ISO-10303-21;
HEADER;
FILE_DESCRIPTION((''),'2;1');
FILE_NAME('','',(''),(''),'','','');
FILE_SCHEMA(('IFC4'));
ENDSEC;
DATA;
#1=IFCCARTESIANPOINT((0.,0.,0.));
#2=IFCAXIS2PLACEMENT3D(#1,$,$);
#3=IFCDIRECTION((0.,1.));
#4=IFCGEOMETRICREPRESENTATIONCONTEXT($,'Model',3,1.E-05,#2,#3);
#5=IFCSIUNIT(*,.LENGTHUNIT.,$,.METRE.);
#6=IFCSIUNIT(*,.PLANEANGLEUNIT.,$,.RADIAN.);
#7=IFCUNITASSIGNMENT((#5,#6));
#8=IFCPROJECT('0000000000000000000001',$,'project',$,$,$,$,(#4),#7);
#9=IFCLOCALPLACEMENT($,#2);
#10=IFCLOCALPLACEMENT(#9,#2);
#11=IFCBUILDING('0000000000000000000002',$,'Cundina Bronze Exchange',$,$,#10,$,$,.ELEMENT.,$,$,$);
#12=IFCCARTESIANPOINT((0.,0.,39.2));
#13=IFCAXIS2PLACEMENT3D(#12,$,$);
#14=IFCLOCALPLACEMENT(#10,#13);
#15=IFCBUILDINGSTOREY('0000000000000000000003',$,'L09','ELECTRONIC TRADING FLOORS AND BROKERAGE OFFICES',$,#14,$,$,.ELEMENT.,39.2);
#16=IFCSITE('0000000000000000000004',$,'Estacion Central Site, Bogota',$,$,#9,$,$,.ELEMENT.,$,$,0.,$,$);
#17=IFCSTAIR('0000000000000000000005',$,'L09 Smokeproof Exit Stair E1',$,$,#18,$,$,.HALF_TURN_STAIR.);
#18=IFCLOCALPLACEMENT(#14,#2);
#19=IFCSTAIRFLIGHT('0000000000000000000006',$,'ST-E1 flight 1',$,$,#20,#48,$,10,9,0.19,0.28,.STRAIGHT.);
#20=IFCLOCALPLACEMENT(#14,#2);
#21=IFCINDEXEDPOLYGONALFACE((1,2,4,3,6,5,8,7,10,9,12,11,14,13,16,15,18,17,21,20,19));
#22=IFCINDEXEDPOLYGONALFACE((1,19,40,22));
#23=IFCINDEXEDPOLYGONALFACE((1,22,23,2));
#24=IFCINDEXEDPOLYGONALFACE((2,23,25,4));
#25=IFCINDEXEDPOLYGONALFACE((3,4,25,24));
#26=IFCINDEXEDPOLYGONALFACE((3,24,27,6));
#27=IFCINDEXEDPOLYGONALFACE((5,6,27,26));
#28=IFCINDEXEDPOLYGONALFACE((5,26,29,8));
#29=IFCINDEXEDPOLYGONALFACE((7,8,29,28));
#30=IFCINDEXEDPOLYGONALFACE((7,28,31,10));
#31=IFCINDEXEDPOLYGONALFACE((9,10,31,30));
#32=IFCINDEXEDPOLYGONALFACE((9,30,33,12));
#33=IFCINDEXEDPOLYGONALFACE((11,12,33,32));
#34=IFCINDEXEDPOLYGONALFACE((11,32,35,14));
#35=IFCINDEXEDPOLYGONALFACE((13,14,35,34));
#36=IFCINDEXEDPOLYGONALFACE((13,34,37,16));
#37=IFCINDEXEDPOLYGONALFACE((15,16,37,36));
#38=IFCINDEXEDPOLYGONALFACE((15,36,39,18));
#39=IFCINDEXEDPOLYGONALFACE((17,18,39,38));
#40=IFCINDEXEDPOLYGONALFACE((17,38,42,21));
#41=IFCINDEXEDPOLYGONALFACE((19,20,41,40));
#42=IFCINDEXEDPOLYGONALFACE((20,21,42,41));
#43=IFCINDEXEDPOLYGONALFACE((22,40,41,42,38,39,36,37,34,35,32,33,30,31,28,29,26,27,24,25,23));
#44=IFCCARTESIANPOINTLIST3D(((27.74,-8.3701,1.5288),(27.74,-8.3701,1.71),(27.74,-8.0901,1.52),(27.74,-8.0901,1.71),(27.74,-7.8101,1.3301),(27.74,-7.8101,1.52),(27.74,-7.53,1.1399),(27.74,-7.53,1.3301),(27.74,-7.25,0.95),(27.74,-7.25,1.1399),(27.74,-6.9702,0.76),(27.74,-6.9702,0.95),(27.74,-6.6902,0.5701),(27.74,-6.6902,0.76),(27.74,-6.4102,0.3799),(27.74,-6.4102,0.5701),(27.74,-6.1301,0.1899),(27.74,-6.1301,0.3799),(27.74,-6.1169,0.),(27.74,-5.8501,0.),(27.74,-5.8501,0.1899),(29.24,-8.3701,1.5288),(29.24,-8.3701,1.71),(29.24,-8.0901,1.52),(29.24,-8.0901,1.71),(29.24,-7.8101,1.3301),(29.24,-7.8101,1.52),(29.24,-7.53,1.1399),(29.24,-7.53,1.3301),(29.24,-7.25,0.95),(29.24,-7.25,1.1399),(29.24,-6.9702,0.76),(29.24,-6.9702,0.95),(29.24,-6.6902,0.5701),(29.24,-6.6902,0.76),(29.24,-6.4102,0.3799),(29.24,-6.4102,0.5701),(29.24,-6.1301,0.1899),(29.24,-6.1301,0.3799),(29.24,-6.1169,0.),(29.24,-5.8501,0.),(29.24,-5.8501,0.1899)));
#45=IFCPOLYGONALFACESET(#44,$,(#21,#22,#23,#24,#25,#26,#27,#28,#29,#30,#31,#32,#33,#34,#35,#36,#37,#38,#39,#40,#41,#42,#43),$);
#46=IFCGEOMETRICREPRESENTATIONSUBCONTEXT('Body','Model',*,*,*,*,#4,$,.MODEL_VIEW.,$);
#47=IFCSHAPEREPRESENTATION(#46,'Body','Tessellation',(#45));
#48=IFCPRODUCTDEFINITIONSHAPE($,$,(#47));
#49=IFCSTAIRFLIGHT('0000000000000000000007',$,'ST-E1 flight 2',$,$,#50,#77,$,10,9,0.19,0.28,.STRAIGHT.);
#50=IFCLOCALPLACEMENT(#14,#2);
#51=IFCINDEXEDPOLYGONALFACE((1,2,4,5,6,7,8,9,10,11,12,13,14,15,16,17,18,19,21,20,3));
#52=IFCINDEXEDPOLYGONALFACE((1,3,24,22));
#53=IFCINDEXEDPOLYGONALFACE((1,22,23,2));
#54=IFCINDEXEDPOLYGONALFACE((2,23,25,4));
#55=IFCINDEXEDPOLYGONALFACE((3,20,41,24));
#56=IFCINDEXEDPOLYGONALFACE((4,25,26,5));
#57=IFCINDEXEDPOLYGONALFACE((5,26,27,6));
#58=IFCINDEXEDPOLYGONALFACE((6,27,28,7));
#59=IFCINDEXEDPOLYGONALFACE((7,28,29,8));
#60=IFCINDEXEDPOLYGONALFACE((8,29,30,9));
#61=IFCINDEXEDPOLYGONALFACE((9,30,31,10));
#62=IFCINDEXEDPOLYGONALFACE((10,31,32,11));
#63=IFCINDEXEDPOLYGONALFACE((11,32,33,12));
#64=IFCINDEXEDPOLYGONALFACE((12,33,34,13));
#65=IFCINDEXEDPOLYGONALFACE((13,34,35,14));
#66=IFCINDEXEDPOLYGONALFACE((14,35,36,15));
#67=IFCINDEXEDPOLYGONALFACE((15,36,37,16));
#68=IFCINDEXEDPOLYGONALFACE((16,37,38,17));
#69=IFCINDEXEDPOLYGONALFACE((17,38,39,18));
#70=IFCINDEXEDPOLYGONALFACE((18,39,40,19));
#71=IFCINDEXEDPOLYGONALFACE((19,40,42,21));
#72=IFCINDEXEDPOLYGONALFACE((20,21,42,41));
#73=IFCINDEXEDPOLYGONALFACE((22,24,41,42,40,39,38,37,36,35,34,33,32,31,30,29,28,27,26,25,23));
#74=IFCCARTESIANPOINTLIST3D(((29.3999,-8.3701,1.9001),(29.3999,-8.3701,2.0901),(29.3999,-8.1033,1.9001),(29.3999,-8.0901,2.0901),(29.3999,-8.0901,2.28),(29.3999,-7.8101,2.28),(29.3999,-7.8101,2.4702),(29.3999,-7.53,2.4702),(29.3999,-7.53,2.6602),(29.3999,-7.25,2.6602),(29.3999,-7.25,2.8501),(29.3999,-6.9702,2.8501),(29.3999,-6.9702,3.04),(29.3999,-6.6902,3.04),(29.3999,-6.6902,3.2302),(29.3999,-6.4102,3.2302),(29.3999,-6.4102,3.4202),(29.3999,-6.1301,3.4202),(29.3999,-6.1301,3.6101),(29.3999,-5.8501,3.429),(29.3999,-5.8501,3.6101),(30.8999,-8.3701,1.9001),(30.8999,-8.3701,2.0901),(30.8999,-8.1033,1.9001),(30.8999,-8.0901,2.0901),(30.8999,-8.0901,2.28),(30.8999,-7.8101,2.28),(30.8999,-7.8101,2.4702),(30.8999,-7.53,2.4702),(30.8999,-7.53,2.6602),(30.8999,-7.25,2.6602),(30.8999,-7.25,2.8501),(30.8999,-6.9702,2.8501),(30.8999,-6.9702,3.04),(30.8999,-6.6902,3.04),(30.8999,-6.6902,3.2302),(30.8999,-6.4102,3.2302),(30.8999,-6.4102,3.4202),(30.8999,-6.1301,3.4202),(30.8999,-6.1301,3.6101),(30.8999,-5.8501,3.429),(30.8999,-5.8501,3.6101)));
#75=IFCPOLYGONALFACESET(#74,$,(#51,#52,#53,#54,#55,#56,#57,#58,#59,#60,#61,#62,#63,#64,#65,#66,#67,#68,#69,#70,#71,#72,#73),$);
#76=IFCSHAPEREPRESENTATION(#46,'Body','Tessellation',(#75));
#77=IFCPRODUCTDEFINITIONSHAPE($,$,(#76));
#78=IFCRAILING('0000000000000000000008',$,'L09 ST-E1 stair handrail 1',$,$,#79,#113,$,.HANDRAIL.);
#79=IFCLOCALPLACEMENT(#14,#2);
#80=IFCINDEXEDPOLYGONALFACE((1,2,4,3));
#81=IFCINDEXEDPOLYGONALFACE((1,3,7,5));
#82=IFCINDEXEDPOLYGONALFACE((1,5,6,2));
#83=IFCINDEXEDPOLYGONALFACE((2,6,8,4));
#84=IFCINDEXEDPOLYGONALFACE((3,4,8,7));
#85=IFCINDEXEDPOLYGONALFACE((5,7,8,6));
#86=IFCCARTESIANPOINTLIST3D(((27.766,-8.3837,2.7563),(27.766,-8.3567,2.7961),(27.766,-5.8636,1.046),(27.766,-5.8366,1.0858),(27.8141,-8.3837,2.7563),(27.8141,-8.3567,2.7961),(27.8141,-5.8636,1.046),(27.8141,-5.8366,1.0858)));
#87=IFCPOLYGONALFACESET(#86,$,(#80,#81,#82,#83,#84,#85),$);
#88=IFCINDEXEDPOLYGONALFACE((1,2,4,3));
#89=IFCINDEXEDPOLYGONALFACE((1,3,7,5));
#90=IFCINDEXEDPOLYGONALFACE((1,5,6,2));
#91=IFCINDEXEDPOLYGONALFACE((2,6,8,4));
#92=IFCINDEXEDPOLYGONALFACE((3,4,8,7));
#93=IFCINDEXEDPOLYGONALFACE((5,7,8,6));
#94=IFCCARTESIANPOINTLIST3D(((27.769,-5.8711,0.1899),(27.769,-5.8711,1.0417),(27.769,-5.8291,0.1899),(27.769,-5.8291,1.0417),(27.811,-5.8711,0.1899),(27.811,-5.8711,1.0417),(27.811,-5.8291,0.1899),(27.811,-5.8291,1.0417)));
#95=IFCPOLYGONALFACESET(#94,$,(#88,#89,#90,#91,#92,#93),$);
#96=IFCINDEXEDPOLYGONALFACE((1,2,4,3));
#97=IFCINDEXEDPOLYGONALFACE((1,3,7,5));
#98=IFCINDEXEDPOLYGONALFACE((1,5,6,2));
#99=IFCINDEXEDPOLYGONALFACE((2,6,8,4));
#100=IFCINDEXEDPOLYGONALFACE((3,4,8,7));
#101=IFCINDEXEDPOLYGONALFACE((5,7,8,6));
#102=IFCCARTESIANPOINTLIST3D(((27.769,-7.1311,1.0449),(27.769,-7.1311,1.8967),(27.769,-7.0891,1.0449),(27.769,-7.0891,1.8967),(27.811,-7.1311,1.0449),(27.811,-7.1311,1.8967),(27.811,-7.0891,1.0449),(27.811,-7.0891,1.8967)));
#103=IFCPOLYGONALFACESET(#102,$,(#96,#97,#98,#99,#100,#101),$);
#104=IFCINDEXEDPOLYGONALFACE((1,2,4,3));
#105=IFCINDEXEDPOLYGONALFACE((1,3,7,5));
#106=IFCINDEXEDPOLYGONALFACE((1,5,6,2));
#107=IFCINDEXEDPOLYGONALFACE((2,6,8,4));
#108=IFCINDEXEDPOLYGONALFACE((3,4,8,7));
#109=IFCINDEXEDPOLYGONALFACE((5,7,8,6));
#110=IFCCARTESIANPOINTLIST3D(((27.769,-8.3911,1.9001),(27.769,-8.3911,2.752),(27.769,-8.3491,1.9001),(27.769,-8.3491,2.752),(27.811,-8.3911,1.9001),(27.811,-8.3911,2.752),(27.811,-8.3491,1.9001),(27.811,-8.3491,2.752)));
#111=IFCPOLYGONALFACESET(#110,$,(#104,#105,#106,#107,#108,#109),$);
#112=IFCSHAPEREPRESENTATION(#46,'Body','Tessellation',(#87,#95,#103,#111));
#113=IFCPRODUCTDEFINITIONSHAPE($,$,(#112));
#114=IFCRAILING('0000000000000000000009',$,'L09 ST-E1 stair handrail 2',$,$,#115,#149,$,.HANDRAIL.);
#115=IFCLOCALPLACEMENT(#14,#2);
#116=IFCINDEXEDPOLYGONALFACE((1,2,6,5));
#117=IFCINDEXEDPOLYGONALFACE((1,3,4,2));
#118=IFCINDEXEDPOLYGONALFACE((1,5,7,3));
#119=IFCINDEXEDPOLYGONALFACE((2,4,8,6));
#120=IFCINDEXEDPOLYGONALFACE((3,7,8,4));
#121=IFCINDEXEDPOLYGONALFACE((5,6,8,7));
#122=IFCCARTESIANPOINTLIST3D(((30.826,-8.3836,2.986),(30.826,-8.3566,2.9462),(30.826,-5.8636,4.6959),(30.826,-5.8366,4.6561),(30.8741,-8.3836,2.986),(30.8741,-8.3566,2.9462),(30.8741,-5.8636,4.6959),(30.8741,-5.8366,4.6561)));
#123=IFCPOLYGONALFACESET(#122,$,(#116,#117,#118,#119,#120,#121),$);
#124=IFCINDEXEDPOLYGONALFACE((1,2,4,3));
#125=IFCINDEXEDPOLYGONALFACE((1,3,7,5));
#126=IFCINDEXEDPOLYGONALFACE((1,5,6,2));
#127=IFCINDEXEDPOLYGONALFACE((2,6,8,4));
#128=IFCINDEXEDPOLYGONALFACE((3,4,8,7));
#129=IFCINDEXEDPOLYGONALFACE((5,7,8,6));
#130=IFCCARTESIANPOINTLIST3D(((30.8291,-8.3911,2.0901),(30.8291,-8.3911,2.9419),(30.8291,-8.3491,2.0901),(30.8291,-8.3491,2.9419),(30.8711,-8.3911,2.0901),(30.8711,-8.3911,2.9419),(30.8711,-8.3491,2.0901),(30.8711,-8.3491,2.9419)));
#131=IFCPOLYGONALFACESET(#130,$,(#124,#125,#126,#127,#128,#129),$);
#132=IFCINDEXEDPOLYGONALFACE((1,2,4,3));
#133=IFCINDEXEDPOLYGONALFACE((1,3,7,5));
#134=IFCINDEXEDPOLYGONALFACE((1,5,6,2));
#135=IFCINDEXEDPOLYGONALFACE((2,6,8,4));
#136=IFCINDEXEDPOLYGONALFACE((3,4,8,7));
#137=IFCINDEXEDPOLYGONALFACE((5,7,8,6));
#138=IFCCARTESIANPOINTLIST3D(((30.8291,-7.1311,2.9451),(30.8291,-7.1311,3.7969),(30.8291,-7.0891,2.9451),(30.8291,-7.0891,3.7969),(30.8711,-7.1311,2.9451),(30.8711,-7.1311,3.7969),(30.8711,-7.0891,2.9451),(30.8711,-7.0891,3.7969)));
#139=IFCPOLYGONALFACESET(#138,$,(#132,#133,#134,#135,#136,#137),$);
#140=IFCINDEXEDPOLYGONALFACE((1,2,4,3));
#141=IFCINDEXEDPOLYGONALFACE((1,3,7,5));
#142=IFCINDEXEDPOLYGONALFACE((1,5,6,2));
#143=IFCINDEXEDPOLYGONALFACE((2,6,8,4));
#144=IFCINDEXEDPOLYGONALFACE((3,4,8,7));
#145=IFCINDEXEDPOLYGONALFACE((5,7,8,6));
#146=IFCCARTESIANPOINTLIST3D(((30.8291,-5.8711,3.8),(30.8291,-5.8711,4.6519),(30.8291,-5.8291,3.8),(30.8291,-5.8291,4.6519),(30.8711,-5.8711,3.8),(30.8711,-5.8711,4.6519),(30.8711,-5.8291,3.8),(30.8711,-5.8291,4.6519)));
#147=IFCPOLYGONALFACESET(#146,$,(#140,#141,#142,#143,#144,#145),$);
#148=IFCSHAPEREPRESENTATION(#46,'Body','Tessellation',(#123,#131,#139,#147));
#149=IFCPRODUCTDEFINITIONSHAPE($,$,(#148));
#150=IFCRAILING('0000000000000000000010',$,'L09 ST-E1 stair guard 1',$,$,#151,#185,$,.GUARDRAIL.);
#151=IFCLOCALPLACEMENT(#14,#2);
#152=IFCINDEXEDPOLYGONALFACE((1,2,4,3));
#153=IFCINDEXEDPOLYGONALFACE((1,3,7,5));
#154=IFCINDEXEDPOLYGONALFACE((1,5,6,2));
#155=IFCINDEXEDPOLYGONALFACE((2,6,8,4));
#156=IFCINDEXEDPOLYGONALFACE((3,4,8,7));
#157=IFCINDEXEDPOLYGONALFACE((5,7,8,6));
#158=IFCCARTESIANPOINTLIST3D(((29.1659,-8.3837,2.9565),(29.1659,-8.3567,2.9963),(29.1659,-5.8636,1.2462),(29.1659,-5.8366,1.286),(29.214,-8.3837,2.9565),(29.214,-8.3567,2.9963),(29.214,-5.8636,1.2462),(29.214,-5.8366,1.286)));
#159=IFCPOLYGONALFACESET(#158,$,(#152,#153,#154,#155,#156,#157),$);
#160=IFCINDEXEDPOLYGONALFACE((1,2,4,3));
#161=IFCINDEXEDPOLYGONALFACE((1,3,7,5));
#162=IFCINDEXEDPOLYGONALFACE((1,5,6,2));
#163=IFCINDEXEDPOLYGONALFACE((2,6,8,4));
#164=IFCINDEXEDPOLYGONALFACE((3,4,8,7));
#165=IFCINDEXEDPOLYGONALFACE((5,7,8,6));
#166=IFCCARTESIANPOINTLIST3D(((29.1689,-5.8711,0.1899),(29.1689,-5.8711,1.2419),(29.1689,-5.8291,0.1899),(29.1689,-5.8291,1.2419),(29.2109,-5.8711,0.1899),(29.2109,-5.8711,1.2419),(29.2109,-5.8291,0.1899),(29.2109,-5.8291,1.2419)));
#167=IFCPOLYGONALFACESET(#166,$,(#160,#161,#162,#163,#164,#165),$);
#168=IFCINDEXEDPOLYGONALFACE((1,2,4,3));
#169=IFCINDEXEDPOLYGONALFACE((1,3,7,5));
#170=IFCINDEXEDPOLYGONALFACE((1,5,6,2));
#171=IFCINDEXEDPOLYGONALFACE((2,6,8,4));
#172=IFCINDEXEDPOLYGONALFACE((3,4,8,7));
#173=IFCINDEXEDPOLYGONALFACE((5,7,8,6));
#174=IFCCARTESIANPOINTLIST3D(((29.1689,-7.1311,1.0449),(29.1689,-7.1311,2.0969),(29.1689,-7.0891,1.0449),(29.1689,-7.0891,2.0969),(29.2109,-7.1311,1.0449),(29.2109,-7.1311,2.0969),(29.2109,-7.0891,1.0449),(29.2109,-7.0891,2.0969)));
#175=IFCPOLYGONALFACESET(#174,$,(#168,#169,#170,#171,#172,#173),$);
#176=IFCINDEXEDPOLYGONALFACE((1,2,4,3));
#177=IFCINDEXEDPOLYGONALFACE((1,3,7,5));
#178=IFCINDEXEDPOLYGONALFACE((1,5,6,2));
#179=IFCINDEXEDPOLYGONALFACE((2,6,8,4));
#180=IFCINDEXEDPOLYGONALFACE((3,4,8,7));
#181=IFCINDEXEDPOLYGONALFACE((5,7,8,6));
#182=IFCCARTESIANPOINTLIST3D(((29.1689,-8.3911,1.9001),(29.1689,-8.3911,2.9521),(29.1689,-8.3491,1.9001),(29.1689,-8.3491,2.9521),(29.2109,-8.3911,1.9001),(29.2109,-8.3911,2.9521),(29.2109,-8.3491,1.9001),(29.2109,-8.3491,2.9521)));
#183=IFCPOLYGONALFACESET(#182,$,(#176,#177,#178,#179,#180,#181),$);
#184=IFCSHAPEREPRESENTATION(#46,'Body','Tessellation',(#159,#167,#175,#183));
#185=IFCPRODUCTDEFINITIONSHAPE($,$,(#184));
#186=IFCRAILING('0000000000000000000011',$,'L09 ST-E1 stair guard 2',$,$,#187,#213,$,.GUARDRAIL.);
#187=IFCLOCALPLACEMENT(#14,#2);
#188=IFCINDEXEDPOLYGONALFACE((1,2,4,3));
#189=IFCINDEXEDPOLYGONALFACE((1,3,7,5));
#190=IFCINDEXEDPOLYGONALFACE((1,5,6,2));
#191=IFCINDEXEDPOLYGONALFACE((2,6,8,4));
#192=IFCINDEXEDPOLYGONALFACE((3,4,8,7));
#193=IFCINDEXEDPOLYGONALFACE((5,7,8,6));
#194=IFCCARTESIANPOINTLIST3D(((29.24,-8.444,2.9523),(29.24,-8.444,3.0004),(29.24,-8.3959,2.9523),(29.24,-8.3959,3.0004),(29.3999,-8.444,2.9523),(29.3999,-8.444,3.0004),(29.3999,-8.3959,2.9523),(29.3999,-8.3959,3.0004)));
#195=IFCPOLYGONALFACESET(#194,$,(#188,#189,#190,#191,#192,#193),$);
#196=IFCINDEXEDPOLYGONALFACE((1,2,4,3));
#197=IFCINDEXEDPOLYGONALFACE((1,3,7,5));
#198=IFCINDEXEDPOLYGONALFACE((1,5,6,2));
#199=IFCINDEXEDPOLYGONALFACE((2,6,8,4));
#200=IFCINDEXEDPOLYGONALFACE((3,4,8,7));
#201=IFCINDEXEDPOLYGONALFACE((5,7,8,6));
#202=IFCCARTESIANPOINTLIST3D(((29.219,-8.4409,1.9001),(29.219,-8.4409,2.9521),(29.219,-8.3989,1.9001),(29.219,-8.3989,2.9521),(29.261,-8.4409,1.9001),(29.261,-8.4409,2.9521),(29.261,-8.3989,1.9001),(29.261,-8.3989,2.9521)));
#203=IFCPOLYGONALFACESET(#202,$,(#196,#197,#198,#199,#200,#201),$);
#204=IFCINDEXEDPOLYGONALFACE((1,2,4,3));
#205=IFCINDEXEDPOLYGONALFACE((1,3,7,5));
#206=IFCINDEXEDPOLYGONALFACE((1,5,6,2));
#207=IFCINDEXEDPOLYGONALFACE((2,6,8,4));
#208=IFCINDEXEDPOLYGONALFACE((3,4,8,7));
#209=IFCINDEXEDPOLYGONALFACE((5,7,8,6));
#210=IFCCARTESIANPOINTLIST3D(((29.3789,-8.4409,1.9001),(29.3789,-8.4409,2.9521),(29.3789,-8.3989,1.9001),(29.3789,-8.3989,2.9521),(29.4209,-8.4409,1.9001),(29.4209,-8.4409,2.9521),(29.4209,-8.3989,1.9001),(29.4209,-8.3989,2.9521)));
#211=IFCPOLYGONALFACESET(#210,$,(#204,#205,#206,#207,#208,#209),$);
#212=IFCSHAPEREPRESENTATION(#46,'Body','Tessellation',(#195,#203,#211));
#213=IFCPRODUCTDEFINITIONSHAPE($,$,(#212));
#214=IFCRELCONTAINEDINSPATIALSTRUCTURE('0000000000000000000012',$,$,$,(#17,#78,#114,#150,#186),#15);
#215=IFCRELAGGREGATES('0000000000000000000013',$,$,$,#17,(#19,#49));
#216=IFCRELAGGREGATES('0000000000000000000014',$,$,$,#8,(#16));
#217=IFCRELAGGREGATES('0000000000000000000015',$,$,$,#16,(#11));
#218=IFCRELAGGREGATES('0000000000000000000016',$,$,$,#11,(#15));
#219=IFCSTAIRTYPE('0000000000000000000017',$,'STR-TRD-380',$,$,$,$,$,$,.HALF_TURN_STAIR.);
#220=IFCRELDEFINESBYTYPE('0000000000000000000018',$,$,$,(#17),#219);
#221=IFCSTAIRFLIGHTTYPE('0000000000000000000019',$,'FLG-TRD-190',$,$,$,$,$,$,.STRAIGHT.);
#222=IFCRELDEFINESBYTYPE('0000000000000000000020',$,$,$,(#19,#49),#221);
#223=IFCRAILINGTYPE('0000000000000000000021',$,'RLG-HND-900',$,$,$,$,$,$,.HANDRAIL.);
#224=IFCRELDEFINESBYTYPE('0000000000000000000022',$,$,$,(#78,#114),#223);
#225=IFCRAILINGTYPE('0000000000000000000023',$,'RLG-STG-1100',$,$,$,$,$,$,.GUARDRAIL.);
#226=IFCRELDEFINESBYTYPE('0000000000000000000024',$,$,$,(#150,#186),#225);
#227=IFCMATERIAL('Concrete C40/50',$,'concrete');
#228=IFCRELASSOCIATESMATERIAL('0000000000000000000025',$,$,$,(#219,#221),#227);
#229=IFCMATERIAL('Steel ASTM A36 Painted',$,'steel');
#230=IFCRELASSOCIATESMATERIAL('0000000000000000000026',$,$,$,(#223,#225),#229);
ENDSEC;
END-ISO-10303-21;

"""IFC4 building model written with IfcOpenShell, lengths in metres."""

from ifc_helpers import new_model, si_unit, direction, frame, origin, origin_2d, place, context, subcontext, project, spatial, polyline, rectangle, outline, extrude, material, type_object, element, aggregate, save


model = new_model("IFC4")

# Units and contexts
model_context = context("Model", 3, precision=1e-05, world=origin(), true_north=direction((0.0, 1.0)))
body_context = subcontext(model_context, "Body", "Model", "MODEL_VIEW")
ifc_project = project(units=[si_unit("LENGTHUNIT", "METRE"), si_unit("PLANEANGLEUNIT", "RADIAN")], contexts=[model_context])

# Site, building, storey
site_placement = place(None, origin())
site = spatial("IfcSite", under=ifc_project, at=site_placement, Name="Estacion Central Site, Bogota", CompositionType="ELEMENT", RefElevation=0.0)
building_placement = place(site_placement, origin())
building = spatial("IfcBuilding", under=site, at=building_placement, Name="Cundina Bronze Exchange", CompositionType="ELEMENT")
storey_placement = place(building_placement, frame((0.0, 0.0, 39.2)))
storey = spatial("IfcBuildingStorey", under=building, at=storey_placement, Name="L09", Description="ELECTRONIC TRADING FLOORS AND BROKERAGE OFFICES", CompositionType="ELEMENT", Elevation=39.2)

# Stair, stair flights
ifc_material_1 = material(Name="Concrete C40/50", Category="concrete")
stair_type = type_object("IfcStairType", Name="STR-TRD-380", PredefinedType="HALF_TURN_STAIR", material=ifc_material_1)
stair_placement = place(storey_placement, origin())
stair = element("IfcStair", 1, at=stair_placement, inside=storey, type_object=stair_type, Name="L09 Smokeproof Exit Stair E1", PredefinedType="HALF_TURN_STAIR")
stair_flight_type = type_object("IfcStairFlightType", Name="FLG-TRD-190", PredefinedType="STRAIGHT", material=ifc_material_1)
stair_flight_1_placement = place(storey_placement, frame((28.49, -5.8501, 0.0), z_axis=(0.0, 0.0, 1.0), x_axis=(0.0, -1.0, 0.0)))
stair_flight_1 = element("IfcStairFlight", 2, at=stair_flight_1_placement, type_object=stair_flight_type, Name="ST-E1 flight 1", NumberOfRisers=10, NumberOfTreads=9, PredefinedType="STRAIGHT", RiserHeight=0.19, TreadLength=0.28, context=body_context, shape_type="SweptSolid", body=[
    extrude(outline(polyline([(0.0, 0.0), (0.0, 0.1899), (0.28, 0.1899), (0.28, 0.3799), (0.5601, 0.3799), (0.5601, 0.5701), (0.8401, 0.5701), (0.8401, 0.76), (1.1201, 0.76), (1.1201, 0.95), (1.3999, 0.95), (1.3999, 1.1399), (1.6799, 1.1399), (1.6799, 1.3301), (1.96, 1.3301), (1.96, 1.52), (2.24, 1.52), (2.24, 1.71), (2.52, 1.71), (2.52, 1.8999), (2.52, 1.5288), (0.2668, 0.0), (0.0, 0.0)])), frame((0.0, 0.75, 0.0), z_axis=(0.0, -1.0, 0.0), x_axis=(1.0, 0.0, 0.0)), (0.0, 0.0, 1.0), 1.5),
])
stair_flight_2_placement = place(storey_placement, frame((30.1499, -8.3701, 1.9001), z_axis=(0.0, 0.0, 1.0), x_axis=(0.0, 1.0, 0.0)))
stair_flight_2 = element("IfcStairFlight", 3, at=stair_flight_2_placement, type_object=stair_flight_type, Name="ST-E1 flight 2", NumberOfRisers=10, NumberOfTreads=9, PredefinedType="STRAIGHT", RiserHeight=0.19, TreadLength=0.28, context=body_context, shape_type="SweptSolid", body=[
    extrude(outline(polyline([(0.0, 0.0), (0.0, 0.1899), (0.28, 0.1899), (0.28, 0.3799), (0.5601, 0.3799), (0.5601, 0.5701), (0.8401, 0.5701), (0.8401, 0.76), (1.1201, 0.76), (1.1201, 0.95), (1.3999, 0.95), (1.3999, 1.1399), (1.6799, 1.1399), (1.6799, 1.3301), (1.96, 1.3301), (1.96, 1.52), (2.24, 1.52), (2.24, 1.71), (2.52, 1.71), (2.52, 1.8999), (2.52, 1.5288), (0.2668, 0.0), (0.0, 0.0)])), frame((0.0, 0.75, 0.0), z_axis=(0.0, -1.0, 0.0), x_axis=(1.0, 0.0, 0.0)), (0.0, 0.0, 1.0), 1.5),
])
aggregate(stair, [stair_flight_1, stair_flight_2])

# Railings
ifc_material_2 = material(Name="Steel ASTM A36 Painted", Category="steel")
railing_type_1 = type_object("IfcRailingType", Name="RLG-HND-900", PredefinedType="HANDRAIL", material=ifc_material_2)
railing_1_placement = place(storey_placement, frame((27.79, -5.8501, 0.1899)))
element("IfcRailing", 4, at=railing_1_placement, inside=storey, type_object=railing_type_1, Name="L09 ST-E1 stair handrail 1", PredefinedType="HANDRAIL", context=body_context, shape_type="SweptSolid", body=[
    extrude(rectangle(XDim=0.0481, YDim=0.0481, at=origin_2d()), frame((0.0, 0.0, 0.876), z_axis=(0.0, -0.827447, 0.561545), x_axis=(1.0, 0.0, 0.0)), (0.0, 0.0, 1.0), 3.0457),
    extrude(rectangle(XDim=0.042, YDim=0.042, at=origin_2d()), origin(), (0.0, 0.0, 1.0), 0.8518),
    extrude(rectangle(XDim=0.042, YDim=0.042, at=origin_2d()), frame((0.0, -1.26, 0.855)), (0.0, 0.0, 1.0), 0.8518),
    extrude(rectangle(XDim=0.042, YDim=0.042, at=origin_2d()), frame((0.0, -2.52, 1.7102)), (0.0, 0.0, 1.0), 0.8518),
])
railing_2_placement = place(storey_placement, frame((30.8501, -8.3701, 2.0901)))
element("IfcRailing", 5, at=railing_2_placement, inside=storey, type_object=railing_type_1, Name="L09 ST-E1 stair handrail 2", PredefinedType="HANDRAIL", context=body_context, shape_type="SweptSolid", body=[
    extrude(rectangle(XDim=0.0481, YDim=0.0481, at=origin_2d()), frame((0.0, 0.0, 0.876), z_axis=(0.0, 0.827484, 0.56149), x_axis=(-1.0, 0.0, 0.0)), (0.0, 0.0, 1.0), 3.0454),
    extrude(rectangle(XDim=0.042, YDim=0.042, at=origin_2d()), origin(), (0.0, 0.0, 1.0), 0.8518),
    extrude(rectangle(XDim=0.042, YDim=0.042, at=origin_2d()), frame((0.0, 1.26, 0.855)), (0.0, 0.0, 1.0), 0.8518),
    extrude(rectangle(XDim=0.042, YDim=0.042, at=origin_2d()), frame((0.0, 2.52, 1.71)), (0.0, 0.0, 1.0), 0.8518),
])
railing_type_2 = type_object("IfcRailingType", Name="RLG-STG-1100", PredefinedType="GUARDRAIL", material=ifc_material_2)
railing_3_placement = place(storey_placement, frame((29.1899, -5.8501, 0.1899)))
element("IfcRailing", 6, at=railing_3_placement, inside=storey, type_object=railing_type_2, Name="L09 ST-E1 stair guard 1", PredefinedType="GUARDRAIL", context=body_context, shape_type="SweptSolid", body=[
    extrude(rectangle(XDim=0.0481, YDim=0.0481, at=origin_2d()), frame((0.0, 0.0, 1.0762), z_axis=(0.0, -0.827447, 0.561545), x_axis=(1.0, 0.0, 0.0)), (0.0, 0.0, 1.0), 3.0457),
    extrude(rectangle(XDim=0.042, YDim=0.042, at=origin_2d()), origin(), (0.0, 0.0, 1.0), 1.052),
    extrude(rectangle(XDim=0.042, YDim=0.042, at=origin_2d()), frame((0.0, -1.26, 0.855)), (0.0, 0.0, 1.0), 1.052),
    extrude(rectangle(XDim=0.042, YDim=0.042, at=origin_2d()), frame((0.0, -2.52, 1.7102)), (0.0, 0.0, 1.0), 1.052),
])
railing_4_placement = place(storey_placement, frame((29.24, -8.4199, 1.9001)))
element("IfcRailing", 7, at=railing_4_placement, inside=storey, type_object=railing_type_2, Name="L09 ST-E1 stair guard 2", PredefinedType="GUARDRAIL", context=body_context, shape_type="SweptSolid", body=[
    extrude(rectangle(XDim=0.0481, YDim=0.0481, at=origin_2d()), frame((0.0, 0.0, 1.0762), z_axis=(1.0, 0.0, 0.0), x_axis=(0.0, 1.0, 0.0)), (0.0, 0.0, 1.0), 0.1599),
    extrude(rectangle(XDim=0.042, YDim=0.042, at=origin_2d()), origin(), (0.0, 0.0, 1.0), 1.052),
    extrude(rectangle(XDim=0.042, YDim=0.042, at=origin_2d()), frame((0.1599, 0.0, 0.0)), (0.0, 0.0, 1.0), 1.052),
])

save(model, "model.ifc")
